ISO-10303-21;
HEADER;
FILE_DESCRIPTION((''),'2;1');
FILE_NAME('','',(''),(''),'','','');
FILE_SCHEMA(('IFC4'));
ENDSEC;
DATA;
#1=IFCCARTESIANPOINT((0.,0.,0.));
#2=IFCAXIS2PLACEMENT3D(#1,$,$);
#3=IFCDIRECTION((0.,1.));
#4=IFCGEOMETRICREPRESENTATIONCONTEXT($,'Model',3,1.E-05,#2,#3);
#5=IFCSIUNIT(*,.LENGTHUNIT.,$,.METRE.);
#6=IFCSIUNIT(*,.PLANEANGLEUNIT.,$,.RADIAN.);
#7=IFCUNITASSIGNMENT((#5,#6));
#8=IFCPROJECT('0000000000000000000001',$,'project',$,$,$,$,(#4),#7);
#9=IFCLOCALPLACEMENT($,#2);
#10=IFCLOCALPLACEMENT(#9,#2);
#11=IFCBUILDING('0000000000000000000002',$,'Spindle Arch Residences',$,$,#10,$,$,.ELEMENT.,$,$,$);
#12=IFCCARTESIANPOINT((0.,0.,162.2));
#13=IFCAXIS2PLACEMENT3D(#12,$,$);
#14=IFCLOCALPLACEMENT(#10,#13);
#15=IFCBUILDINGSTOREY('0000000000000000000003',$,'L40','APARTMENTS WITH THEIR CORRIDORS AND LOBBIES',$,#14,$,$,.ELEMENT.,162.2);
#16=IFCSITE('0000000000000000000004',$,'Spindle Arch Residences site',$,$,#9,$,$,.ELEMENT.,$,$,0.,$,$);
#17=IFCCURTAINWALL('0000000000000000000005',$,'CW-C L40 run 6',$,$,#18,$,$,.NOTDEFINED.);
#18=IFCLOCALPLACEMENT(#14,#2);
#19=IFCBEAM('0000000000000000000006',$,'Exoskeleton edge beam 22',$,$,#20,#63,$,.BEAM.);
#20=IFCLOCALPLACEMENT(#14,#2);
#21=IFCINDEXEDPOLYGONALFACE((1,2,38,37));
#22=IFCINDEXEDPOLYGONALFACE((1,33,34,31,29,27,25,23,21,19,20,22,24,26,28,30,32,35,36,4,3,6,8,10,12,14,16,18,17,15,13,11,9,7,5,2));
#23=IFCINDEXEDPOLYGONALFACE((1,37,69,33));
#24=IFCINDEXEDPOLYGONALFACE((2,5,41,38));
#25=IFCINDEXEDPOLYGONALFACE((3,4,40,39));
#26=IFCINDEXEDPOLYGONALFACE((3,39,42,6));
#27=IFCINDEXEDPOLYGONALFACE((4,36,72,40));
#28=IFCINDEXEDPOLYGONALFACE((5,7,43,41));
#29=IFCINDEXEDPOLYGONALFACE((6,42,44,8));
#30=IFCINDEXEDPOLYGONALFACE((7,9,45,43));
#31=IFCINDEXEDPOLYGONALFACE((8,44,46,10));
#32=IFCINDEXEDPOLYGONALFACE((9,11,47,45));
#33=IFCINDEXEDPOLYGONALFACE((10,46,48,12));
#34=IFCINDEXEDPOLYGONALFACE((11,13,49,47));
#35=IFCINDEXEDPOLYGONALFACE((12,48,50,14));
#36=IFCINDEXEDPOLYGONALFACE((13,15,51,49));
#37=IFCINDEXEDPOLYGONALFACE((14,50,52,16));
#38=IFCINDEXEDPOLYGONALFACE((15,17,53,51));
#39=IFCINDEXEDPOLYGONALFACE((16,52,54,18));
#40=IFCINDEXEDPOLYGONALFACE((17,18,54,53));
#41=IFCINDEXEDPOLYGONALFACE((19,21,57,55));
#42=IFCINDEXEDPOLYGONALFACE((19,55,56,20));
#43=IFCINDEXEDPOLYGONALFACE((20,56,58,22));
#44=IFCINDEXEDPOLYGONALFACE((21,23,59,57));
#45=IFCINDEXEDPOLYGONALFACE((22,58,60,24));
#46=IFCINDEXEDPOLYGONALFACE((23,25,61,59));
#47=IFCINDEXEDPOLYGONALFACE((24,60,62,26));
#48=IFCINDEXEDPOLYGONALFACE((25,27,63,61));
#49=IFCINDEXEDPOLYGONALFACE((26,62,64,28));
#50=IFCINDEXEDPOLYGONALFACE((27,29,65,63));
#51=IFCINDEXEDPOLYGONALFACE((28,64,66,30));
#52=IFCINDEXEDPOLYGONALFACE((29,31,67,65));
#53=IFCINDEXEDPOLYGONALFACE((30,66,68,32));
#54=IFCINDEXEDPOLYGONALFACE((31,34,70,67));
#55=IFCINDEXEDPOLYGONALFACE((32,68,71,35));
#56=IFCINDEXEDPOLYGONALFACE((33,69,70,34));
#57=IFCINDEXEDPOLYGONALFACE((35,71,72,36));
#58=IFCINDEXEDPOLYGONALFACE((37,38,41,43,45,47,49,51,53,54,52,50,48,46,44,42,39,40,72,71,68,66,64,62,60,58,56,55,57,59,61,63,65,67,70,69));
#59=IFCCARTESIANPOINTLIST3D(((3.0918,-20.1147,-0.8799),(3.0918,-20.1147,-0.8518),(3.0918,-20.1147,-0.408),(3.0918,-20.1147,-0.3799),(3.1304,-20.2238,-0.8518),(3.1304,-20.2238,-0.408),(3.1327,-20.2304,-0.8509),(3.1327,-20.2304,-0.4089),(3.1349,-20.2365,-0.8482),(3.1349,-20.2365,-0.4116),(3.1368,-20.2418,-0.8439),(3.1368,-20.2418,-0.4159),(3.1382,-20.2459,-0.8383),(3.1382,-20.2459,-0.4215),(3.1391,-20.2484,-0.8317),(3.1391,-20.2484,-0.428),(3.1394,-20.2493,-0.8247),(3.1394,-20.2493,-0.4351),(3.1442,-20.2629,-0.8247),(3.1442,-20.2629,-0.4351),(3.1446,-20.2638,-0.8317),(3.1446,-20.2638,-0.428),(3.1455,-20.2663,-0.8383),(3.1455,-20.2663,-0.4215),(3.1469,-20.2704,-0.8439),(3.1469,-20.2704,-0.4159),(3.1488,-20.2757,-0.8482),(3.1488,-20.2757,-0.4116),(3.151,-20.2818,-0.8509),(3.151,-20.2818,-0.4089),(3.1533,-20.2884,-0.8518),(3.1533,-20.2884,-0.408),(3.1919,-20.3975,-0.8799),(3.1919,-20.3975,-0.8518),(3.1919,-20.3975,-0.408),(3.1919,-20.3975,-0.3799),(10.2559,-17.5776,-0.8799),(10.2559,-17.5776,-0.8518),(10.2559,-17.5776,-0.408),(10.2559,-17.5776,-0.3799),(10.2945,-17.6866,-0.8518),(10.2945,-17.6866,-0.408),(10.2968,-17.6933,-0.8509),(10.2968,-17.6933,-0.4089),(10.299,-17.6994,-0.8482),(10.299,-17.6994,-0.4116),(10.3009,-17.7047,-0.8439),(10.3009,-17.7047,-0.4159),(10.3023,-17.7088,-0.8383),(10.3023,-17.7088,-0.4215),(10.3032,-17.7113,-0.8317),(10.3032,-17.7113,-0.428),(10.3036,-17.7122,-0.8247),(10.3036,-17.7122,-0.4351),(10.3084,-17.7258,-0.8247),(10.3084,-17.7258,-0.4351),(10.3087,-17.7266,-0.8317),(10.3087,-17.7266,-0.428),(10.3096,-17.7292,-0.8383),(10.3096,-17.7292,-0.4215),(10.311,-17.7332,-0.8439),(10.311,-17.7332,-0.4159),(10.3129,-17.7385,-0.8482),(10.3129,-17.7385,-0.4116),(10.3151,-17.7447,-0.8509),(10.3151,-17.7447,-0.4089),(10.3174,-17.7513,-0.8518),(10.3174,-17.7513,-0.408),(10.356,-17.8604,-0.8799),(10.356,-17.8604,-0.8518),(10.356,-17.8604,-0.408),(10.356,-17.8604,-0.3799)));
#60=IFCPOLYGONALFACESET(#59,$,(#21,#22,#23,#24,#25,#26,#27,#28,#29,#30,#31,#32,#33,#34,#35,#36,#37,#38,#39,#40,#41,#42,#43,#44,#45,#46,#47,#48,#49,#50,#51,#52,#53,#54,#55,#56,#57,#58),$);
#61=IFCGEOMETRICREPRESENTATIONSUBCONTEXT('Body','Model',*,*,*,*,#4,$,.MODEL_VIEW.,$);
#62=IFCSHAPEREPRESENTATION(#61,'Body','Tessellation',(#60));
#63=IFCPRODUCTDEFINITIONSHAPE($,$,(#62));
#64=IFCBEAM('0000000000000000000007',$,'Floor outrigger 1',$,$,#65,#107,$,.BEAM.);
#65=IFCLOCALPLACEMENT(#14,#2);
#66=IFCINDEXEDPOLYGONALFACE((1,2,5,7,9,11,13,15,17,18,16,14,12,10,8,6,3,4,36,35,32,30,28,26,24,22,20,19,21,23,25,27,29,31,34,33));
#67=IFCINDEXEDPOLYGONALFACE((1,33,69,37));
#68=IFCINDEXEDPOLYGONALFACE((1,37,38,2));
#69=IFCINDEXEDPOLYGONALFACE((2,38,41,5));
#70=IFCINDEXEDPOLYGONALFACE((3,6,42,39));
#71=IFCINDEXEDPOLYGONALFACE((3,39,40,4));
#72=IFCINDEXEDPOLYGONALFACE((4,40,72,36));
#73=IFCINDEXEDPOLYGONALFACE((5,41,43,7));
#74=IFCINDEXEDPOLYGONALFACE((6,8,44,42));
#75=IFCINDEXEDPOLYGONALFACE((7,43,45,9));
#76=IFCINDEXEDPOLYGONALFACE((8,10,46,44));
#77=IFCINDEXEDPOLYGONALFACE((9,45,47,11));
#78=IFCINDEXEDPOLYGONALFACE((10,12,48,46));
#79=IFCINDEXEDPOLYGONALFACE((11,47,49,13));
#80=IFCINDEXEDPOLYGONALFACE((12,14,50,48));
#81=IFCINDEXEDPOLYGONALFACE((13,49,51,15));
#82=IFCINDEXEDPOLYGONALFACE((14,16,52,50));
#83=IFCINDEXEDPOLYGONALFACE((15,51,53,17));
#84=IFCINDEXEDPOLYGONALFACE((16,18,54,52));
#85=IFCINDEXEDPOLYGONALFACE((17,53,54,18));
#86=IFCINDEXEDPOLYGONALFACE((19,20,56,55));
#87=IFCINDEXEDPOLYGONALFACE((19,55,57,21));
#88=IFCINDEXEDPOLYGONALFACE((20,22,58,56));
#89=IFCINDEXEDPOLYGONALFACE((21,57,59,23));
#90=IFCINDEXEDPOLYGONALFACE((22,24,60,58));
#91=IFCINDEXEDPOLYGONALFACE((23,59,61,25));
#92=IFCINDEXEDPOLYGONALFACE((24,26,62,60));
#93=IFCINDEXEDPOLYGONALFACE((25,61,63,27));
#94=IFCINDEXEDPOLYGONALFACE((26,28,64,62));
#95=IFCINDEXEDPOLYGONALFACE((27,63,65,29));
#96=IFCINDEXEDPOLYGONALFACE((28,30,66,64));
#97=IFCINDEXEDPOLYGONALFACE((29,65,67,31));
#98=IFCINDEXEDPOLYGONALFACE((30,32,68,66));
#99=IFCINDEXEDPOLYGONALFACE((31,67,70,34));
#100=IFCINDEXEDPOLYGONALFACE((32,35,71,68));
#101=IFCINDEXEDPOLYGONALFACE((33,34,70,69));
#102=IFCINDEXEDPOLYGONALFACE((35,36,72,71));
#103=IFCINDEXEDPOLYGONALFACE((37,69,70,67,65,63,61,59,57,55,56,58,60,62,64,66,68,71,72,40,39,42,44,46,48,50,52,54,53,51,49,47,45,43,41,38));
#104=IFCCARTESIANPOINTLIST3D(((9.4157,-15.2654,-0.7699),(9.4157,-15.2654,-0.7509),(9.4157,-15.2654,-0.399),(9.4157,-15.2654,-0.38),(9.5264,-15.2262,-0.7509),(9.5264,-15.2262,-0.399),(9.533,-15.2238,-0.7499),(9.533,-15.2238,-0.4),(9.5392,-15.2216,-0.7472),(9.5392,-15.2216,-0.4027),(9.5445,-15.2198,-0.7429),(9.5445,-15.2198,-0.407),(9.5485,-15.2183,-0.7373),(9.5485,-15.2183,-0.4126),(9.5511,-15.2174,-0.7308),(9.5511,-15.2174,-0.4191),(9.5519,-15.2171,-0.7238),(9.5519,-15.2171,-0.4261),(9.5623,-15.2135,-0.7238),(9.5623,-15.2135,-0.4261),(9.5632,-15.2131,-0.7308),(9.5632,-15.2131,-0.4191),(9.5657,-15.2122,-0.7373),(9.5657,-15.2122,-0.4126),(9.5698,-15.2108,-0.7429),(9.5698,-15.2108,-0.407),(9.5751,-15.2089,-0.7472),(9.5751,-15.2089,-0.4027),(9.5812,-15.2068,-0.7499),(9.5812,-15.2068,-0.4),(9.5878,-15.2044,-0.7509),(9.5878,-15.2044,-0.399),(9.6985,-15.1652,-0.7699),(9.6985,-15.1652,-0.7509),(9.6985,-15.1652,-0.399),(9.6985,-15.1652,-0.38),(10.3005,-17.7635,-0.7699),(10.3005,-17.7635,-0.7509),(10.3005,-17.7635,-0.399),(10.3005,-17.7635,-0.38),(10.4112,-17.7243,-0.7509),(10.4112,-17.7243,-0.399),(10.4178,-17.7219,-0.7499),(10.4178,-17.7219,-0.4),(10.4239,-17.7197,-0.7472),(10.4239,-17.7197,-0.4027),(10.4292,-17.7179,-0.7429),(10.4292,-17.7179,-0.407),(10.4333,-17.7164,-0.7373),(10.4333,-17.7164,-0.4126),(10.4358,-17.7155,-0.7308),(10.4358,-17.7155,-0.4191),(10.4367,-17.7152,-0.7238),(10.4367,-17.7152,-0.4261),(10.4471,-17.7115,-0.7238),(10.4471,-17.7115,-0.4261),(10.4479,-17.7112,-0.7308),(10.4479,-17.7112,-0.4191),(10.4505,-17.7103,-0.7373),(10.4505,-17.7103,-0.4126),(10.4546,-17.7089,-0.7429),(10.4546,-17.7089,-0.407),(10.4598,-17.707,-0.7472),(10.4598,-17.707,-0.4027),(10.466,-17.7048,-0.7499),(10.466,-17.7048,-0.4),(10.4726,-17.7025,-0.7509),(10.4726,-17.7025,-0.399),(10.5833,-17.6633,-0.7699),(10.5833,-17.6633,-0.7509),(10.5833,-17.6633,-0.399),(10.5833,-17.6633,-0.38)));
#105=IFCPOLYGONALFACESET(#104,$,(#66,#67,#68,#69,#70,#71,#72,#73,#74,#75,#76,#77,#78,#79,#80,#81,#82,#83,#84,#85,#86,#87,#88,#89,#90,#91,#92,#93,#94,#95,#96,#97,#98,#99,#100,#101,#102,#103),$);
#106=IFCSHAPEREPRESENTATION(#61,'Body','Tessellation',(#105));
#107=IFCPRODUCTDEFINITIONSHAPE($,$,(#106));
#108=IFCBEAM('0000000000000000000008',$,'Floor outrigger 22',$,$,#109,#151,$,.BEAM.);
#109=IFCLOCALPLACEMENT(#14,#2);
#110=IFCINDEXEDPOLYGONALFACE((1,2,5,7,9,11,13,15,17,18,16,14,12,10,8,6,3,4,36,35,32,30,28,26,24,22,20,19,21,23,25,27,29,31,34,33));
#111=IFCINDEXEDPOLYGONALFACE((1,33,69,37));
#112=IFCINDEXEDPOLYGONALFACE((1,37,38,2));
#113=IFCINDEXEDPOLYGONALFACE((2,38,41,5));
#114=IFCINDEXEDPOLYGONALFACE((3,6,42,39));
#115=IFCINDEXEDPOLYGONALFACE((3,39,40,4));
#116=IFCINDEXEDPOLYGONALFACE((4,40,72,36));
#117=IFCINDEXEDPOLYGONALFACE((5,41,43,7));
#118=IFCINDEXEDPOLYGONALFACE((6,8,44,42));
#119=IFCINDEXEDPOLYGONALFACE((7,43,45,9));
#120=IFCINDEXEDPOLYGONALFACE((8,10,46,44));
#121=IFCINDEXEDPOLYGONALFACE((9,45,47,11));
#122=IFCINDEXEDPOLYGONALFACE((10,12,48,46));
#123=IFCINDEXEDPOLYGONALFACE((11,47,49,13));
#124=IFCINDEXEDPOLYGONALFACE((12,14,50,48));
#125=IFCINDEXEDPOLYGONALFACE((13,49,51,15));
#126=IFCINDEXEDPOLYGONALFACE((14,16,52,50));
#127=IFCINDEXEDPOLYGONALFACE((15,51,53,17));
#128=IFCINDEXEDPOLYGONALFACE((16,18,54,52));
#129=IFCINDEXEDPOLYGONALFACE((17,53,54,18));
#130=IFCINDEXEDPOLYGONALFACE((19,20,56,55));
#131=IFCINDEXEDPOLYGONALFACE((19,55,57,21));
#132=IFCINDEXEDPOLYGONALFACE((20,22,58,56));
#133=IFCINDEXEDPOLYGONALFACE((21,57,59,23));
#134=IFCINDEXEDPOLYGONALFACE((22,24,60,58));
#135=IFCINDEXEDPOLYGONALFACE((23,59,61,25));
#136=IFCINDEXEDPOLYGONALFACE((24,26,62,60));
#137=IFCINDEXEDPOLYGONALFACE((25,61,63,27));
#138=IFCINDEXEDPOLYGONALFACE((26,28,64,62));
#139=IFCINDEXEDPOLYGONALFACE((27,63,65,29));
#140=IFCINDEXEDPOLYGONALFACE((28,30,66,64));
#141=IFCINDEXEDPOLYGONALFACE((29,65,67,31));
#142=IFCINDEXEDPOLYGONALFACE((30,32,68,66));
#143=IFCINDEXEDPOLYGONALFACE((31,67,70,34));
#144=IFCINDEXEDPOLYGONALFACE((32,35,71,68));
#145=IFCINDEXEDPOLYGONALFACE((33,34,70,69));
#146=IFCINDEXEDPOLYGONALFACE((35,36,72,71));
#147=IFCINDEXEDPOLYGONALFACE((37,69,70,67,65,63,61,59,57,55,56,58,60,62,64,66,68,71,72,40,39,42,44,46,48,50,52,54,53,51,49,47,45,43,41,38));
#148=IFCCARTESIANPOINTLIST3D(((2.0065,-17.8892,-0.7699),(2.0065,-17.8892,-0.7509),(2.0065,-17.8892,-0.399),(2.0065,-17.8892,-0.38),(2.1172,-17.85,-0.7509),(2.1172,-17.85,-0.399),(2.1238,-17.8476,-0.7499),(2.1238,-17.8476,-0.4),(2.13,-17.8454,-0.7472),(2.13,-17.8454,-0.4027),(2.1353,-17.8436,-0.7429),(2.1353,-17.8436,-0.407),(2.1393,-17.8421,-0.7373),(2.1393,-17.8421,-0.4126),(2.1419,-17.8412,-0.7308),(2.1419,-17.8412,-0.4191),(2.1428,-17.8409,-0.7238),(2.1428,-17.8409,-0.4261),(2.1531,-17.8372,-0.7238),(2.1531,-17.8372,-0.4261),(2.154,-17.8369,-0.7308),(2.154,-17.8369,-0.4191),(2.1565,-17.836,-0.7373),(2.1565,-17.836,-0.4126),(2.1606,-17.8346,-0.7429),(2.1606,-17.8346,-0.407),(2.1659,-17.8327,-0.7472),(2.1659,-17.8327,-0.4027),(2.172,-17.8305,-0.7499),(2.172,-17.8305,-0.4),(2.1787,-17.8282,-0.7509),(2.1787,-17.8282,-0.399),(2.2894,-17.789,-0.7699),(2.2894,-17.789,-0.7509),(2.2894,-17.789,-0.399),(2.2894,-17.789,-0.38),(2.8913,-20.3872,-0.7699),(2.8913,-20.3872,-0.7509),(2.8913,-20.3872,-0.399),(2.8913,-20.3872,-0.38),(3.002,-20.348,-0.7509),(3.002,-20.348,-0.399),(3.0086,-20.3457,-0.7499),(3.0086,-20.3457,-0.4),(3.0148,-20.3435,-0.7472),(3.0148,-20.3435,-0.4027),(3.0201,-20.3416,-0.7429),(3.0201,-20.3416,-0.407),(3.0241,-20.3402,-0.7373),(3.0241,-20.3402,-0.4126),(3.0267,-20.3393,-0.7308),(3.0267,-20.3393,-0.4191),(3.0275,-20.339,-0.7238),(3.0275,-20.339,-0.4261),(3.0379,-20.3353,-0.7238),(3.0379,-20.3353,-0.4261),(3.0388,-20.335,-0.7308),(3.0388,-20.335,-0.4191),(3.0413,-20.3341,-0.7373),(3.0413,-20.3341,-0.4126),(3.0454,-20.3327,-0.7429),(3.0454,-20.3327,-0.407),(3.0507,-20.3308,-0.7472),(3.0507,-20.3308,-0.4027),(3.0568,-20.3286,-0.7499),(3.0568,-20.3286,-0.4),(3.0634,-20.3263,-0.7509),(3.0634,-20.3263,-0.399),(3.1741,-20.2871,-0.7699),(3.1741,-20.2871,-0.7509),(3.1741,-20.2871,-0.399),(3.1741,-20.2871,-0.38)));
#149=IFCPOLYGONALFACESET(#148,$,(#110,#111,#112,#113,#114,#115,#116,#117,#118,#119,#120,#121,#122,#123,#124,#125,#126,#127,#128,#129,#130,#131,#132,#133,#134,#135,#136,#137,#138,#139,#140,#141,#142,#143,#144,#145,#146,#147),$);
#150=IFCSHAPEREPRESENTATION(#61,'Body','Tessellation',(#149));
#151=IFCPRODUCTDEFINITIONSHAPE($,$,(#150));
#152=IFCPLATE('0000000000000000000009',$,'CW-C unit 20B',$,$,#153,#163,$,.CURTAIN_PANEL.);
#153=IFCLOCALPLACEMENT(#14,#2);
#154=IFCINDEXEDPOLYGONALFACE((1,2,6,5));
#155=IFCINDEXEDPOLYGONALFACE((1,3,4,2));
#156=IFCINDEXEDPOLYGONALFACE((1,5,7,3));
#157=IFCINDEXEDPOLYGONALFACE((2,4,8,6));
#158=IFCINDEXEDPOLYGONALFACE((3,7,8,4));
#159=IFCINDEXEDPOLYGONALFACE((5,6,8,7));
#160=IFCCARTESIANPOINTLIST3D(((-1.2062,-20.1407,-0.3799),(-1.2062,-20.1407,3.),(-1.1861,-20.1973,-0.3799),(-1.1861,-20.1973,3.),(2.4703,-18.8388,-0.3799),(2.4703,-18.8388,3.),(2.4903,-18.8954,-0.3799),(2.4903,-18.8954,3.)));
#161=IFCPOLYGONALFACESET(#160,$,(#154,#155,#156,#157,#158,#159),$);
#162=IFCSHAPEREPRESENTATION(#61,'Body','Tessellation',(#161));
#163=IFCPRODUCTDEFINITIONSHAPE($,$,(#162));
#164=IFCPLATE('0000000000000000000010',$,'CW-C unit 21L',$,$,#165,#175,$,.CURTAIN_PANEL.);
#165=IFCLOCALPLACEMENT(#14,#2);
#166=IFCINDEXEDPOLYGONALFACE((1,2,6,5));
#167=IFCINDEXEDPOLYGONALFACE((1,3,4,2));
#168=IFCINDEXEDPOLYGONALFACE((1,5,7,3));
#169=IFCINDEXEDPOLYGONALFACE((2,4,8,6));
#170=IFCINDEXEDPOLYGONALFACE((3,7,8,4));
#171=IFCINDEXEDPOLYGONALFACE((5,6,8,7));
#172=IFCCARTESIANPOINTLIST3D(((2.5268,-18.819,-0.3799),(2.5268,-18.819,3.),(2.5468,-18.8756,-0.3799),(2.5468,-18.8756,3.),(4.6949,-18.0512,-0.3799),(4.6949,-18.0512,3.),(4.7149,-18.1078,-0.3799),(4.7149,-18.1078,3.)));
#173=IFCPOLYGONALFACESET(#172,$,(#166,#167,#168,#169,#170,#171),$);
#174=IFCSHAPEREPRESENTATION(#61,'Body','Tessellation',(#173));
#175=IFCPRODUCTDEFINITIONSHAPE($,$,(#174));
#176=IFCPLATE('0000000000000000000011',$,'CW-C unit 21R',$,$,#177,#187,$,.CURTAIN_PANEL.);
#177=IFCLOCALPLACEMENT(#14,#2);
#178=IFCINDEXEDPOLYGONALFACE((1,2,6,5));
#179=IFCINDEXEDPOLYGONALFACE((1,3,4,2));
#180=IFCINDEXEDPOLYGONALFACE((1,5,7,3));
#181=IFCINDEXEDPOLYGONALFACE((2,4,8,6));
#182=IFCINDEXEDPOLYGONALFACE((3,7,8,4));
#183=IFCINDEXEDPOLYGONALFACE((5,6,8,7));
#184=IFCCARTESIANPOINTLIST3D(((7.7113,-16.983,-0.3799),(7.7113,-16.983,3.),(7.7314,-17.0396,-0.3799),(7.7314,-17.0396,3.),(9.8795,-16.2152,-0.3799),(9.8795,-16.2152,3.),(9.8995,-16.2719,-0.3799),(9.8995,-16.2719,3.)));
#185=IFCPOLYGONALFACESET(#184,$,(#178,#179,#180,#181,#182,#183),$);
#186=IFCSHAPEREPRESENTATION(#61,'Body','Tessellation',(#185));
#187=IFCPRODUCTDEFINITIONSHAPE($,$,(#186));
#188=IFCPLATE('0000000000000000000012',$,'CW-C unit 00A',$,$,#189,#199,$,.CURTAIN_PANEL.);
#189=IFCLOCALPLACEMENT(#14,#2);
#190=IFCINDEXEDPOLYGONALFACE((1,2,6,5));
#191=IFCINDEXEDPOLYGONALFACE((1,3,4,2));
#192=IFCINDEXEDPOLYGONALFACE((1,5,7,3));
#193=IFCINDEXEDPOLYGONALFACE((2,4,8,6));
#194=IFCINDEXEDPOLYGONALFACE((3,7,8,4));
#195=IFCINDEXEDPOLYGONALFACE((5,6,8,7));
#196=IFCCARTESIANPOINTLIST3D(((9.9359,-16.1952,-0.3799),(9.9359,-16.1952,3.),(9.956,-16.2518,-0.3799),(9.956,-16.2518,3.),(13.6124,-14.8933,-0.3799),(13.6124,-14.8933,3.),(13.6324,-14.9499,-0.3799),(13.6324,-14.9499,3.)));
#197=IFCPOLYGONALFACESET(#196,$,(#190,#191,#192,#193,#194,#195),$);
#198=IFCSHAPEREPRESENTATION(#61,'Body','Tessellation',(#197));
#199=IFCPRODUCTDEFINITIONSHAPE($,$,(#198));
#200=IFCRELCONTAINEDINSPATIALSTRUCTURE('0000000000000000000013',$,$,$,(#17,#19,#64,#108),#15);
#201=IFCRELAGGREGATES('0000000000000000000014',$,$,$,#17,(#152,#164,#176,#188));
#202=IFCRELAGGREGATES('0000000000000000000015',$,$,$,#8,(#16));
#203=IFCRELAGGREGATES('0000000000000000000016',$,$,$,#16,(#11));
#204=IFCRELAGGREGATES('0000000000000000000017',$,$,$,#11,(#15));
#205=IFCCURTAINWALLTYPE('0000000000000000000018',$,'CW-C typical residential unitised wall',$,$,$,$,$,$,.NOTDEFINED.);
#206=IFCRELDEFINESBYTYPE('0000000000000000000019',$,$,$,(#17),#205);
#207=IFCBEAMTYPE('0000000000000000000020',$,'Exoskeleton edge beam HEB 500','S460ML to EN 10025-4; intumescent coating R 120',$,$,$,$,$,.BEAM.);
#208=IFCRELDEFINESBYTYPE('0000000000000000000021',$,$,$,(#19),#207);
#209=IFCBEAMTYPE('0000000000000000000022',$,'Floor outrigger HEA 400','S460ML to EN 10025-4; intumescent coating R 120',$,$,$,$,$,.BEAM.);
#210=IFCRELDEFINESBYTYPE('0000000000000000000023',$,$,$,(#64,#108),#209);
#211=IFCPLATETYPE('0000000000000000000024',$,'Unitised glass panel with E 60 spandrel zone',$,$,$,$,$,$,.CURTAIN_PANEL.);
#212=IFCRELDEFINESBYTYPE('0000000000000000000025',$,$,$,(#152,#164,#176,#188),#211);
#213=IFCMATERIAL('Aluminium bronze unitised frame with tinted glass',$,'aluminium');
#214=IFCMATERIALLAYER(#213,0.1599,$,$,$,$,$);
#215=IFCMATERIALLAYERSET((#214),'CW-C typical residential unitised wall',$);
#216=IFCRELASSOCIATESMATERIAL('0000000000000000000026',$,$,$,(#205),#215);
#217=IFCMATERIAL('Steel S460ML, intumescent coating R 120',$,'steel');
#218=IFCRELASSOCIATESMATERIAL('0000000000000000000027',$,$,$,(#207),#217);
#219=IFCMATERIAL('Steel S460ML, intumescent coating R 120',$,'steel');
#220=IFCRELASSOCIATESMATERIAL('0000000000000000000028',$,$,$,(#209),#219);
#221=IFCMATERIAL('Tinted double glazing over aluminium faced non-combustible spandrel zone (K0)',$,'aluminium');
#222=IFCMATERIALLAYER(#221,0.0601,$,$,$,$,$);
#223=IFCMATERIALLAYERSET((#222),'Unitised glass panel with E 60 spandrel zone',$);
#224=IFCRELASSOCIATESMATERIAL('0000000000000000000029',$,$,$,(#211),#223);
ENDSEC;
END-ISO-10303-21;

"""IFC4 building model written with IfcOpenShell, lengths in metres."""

from ifc_helpers import new_model, si_unit, direction, frame, origin, origin_2d, place, context, subcontext, project, spatial, rectangle, i_section, extrude, material, layer, layer_set, material_profile, profile_set, type_object, element, aggregate, save


model = new_model("IFC4")

# Units and contexts
model_context = context("Model", 3, precision=1e-05, world=origin(), true_north=direction((0.0, 1.0)))
body_context = subcontext(model_context, "Body", "Model", "MODEL_VIEW")
ifc_project = project(units=[si_unit("LENGTHUNIT", "METRE"), si_unit("PLANEANGLEUNIT", "RADIAN")], contexts=[model_context])

# Site, building, storey
site_placement = place(None, origin())
site = spatial("IfcSite", under=ifc_project, at=site_placement, Name="Spindle Arch Residences site", CompositionType="ELEMENT", RefElevation=0.0)
building_placement = place(site_placement, origin())
building = spatial("IfcBuilding", under=site, at=building_placement, Name="Spindle Arch Residences", CompositionType="ELEMENT")
storey_placement = place(building_placement, frame((0.0, 0.0, 162.2)))
storey = spatial("IfcBuildingStorey", under=building, at=storey_placement, Name="L40", Description="APARTMENTS WITH THEIR CORRIDORS AND LOBBIES", CompositionType="ELEMENT", Elevation=162.2)

# Curtain wall
ifc_material_1 = material(Name="Aluminium bronze unitised frame with tinted glass", Category="aluminium")
ifc_layer_1 = layer(ifc_material_1, 0.1599)
ifc_layer_set_1 = layer_set([ifc_layer_1], Name="CW-C typical residential unitised wall")
curtain_wall_type = type_object("IfcCurtainWallType", Name="CW-C typical residential unitised wall", PredefinedType="NOTDEFINED", material=ifc_layer_set_1)
curtain_wall_placement = place(storey_placement, origin())
curtain_wall = element("IfcCurtainWall", 1, at=curtain_wall_placement, inside=storey, type_object=curtain_wall_type, Name="CW-C L40 run 6", PredefinedType="NOTDEFINED")

# Beams
ifc_material_2 = material(Name="Steel S460ML, intumescent coating R 120", Category="steel")
ifc_material_profile_1 = material_profile(ifc_material_2, i_section(OverallWidth=0.3, OverallDepth=0.5, WebThickness=0.0144, FlangeThickness=0.0281, FilletRadius=0.0271, at=origin_2d()), Name="HEB 500")
ifc_profile_set_1 = profile_set([ifc_material_profile_1], Name="Steel S460ML, intumescent coating R 120")
beam_type_1 = type_object("IfcBeamType", Name="Exoskeleton edge beam HEB 500", Description="S460ML to EN 10025-4; intumescent coating R 120", PredefinedType="BEAM", material=ifc_profile_set_1)
for number, where, z_axis, x_axis, name in (
    (2, (3.1418, -20.2561, -0.6299), (0.942634, 0.333828, 0.0), (-0.333828, 0.942634, 0.0), "Exoskeleton edge beam 22"),
):
    element("IfcBeam", number, at=place(storey_placement, frame(where, z_axis=z_axis, x_axis=x_axis)), inside=storey, type_object=beam_type_1, Name=name, PredefinedType="BEAM", context=body_context, shape_type="SweptSolid", body=[
        extrude(i_section(OverallWidth=0.3, OverallDepth=0.5, WebThickness=0.0144, FlangeThickness=0.0281, FilletRadius=0.0271, at=origin_2d()), origin(), (0.0, 0.0, 1.0), 7.6001),
    ])
ifc_material_3 = material(Name="Steel S460ML, intumescent coating R 120", Category="steel")
ifc_material_profile_2 = material_profile(ifc_material_3, i_section(OverallWidth=0.3, OverallDepth=0.3899, WebThickness=0.011, FlangeThickness=0.019, FilletRadius=0.0271, at=origin_2d()), Name="HEA 400")
ifc_profile_set_2 = profile_set([ifc_material_profile_2], Name="Steel S460ML, intumescent coating R 120")
beam_type_2 = type_object("IfcBeamType", Name="Floor outrigger HEA 400", Description="S460ML to EN 10025-4; intumescent coating R 120", PredefinedType="BEAM", material=ifc_profile_set_2)
for number, where, z_axis, x_axis, name in (
    (3, (10.4419, -17.7134, -0.575), (-0.333861, 0.942622, 0.0), (-0.942622, -0.333861, 0.0), "Floor outrigger 1"),
    (4, (3.0327, -20.3372, -0.575), (-0.333861, 0.942622, 0.0), (-0.942622, -0.333861, 0.0), "Floor outrigger 22"),
):
    element("IfcBeam", number, at=place(storey_placement, frame(where, z_axis=z_axis, x_axis=x_axis)), inside=storey, type_object=beam_type_2, Name=name, PredefinedType="BEAM", context=body_context, shape_type="SweptSolid", body=[
        extrude(i_section(OverallWidth=0.3, OverallDepth=0.3899, WebThickness=0.011, FlangeThickness=0.019, FilletRadius=0.0271, at=origin_2d()), origin(), (0.0, 0.0, 1.0), 2.6501),
    ])

# Plates
ifc_material_4 = material(Name="Tinted double glazing over aluminium faced non-combustible spandrel zone (K0)", Category="aluminium")
ifc_layer_2 = layer(ifc_material_4, 0.0601)
ifc_layer_set_2 = layer_set([ifc_layer_2], Name="Unitised glass panel with E 60 spandrel zone")
plate_type = type_object("IfcPlateType", Name="Unitised glass panel with E 60 spandrel zone", PredefinedType="CURTAIN_PANEL", material=ifc_layer_set_2)
plate_1_placement = place(storey_placement, frame((0.6421, -19.5181, -0.3799), z_axis=(0.0, 0.0, 1.0), x_axis=(0.942641, 0.333807, 0.0)))
plate_1 = element("IfcPlate", 5, at=plate_1_placement, type_object=plate_type, Name="CW-C unit 20B", PredefinedType="CURTAIN_PANEL", context=body_context, shape_type="SweptSolid", body=[
    extrude(rectangle(XDim=3.9001, YDim=0.0601, at=origin_2d()), origin(), (0.0, 0.0, 1.0), 3.3799),
])
plate_2_placement = place(storey_placement, frame((3.6208, -18.4634, -0.3799), z_axis=(0.0, 0.0, 1.0), x_axis=(0.942641, 0.333807, 0.0)))
plate_2 = element("IfcPlate", 6, at=plate_2_placement, type_object=plate_type, Name="CW-C unit 21L", PredefinedType="CURTAIN_PANEL", context=body_context, shape_type="SweptSolid", body=[
    extrude(rectangle(XDim=2.3, YDim=0.0601, at=origin_2d()), origin(), (0.0, 0.0, 1.0), 3.3799),
])
plate_3_placement = place(storey_placement, frame((8.8054, -16.6274, -0.3799), z_axis=(0.0, 0.0, 1.0), x_axis=(0.942641, 0.333807, 0.0)))
plate_3 = element("IfcPlate", 7, at=plate_3_placement, type_object=plate_type, Name="CW-C unit 21R", PredefinedType="CURTAIN_PANEL", context=body_context, shape_type="SweptSolid", body=[
    extrude(rectangle(XDim=2.3, YDim=0.0601, at=origin_2d()), origin(), (0.0, 0.0, 1.0), 3.3799),
])
plate_4_placement = place(storey_placement, frame((11.7842, -15.5725, -0.3799), z_axis=(0.0, 0.0, 1.0), x_axis=(0.942641, 0.333807, 0.0)))
plate_4 = element("IfcPlate", 8, at=plate_4_placement, type_object=plate_type, Name="CW-C unit 00A", PredefinedType="CURTAIN_PANEL", context=body_context, shape_type="SweptSolid", body=[
    extrude(rectangle(XDim=3.9001, YDim=0.0601, at=origin_2d()), origin(), (0.0, 0.0, 1.0), 3.3799),
])
aggregate(curtain_wall, [plate_1, plate_2, plate_3, plate_4])

save(model, "model.ifc")
